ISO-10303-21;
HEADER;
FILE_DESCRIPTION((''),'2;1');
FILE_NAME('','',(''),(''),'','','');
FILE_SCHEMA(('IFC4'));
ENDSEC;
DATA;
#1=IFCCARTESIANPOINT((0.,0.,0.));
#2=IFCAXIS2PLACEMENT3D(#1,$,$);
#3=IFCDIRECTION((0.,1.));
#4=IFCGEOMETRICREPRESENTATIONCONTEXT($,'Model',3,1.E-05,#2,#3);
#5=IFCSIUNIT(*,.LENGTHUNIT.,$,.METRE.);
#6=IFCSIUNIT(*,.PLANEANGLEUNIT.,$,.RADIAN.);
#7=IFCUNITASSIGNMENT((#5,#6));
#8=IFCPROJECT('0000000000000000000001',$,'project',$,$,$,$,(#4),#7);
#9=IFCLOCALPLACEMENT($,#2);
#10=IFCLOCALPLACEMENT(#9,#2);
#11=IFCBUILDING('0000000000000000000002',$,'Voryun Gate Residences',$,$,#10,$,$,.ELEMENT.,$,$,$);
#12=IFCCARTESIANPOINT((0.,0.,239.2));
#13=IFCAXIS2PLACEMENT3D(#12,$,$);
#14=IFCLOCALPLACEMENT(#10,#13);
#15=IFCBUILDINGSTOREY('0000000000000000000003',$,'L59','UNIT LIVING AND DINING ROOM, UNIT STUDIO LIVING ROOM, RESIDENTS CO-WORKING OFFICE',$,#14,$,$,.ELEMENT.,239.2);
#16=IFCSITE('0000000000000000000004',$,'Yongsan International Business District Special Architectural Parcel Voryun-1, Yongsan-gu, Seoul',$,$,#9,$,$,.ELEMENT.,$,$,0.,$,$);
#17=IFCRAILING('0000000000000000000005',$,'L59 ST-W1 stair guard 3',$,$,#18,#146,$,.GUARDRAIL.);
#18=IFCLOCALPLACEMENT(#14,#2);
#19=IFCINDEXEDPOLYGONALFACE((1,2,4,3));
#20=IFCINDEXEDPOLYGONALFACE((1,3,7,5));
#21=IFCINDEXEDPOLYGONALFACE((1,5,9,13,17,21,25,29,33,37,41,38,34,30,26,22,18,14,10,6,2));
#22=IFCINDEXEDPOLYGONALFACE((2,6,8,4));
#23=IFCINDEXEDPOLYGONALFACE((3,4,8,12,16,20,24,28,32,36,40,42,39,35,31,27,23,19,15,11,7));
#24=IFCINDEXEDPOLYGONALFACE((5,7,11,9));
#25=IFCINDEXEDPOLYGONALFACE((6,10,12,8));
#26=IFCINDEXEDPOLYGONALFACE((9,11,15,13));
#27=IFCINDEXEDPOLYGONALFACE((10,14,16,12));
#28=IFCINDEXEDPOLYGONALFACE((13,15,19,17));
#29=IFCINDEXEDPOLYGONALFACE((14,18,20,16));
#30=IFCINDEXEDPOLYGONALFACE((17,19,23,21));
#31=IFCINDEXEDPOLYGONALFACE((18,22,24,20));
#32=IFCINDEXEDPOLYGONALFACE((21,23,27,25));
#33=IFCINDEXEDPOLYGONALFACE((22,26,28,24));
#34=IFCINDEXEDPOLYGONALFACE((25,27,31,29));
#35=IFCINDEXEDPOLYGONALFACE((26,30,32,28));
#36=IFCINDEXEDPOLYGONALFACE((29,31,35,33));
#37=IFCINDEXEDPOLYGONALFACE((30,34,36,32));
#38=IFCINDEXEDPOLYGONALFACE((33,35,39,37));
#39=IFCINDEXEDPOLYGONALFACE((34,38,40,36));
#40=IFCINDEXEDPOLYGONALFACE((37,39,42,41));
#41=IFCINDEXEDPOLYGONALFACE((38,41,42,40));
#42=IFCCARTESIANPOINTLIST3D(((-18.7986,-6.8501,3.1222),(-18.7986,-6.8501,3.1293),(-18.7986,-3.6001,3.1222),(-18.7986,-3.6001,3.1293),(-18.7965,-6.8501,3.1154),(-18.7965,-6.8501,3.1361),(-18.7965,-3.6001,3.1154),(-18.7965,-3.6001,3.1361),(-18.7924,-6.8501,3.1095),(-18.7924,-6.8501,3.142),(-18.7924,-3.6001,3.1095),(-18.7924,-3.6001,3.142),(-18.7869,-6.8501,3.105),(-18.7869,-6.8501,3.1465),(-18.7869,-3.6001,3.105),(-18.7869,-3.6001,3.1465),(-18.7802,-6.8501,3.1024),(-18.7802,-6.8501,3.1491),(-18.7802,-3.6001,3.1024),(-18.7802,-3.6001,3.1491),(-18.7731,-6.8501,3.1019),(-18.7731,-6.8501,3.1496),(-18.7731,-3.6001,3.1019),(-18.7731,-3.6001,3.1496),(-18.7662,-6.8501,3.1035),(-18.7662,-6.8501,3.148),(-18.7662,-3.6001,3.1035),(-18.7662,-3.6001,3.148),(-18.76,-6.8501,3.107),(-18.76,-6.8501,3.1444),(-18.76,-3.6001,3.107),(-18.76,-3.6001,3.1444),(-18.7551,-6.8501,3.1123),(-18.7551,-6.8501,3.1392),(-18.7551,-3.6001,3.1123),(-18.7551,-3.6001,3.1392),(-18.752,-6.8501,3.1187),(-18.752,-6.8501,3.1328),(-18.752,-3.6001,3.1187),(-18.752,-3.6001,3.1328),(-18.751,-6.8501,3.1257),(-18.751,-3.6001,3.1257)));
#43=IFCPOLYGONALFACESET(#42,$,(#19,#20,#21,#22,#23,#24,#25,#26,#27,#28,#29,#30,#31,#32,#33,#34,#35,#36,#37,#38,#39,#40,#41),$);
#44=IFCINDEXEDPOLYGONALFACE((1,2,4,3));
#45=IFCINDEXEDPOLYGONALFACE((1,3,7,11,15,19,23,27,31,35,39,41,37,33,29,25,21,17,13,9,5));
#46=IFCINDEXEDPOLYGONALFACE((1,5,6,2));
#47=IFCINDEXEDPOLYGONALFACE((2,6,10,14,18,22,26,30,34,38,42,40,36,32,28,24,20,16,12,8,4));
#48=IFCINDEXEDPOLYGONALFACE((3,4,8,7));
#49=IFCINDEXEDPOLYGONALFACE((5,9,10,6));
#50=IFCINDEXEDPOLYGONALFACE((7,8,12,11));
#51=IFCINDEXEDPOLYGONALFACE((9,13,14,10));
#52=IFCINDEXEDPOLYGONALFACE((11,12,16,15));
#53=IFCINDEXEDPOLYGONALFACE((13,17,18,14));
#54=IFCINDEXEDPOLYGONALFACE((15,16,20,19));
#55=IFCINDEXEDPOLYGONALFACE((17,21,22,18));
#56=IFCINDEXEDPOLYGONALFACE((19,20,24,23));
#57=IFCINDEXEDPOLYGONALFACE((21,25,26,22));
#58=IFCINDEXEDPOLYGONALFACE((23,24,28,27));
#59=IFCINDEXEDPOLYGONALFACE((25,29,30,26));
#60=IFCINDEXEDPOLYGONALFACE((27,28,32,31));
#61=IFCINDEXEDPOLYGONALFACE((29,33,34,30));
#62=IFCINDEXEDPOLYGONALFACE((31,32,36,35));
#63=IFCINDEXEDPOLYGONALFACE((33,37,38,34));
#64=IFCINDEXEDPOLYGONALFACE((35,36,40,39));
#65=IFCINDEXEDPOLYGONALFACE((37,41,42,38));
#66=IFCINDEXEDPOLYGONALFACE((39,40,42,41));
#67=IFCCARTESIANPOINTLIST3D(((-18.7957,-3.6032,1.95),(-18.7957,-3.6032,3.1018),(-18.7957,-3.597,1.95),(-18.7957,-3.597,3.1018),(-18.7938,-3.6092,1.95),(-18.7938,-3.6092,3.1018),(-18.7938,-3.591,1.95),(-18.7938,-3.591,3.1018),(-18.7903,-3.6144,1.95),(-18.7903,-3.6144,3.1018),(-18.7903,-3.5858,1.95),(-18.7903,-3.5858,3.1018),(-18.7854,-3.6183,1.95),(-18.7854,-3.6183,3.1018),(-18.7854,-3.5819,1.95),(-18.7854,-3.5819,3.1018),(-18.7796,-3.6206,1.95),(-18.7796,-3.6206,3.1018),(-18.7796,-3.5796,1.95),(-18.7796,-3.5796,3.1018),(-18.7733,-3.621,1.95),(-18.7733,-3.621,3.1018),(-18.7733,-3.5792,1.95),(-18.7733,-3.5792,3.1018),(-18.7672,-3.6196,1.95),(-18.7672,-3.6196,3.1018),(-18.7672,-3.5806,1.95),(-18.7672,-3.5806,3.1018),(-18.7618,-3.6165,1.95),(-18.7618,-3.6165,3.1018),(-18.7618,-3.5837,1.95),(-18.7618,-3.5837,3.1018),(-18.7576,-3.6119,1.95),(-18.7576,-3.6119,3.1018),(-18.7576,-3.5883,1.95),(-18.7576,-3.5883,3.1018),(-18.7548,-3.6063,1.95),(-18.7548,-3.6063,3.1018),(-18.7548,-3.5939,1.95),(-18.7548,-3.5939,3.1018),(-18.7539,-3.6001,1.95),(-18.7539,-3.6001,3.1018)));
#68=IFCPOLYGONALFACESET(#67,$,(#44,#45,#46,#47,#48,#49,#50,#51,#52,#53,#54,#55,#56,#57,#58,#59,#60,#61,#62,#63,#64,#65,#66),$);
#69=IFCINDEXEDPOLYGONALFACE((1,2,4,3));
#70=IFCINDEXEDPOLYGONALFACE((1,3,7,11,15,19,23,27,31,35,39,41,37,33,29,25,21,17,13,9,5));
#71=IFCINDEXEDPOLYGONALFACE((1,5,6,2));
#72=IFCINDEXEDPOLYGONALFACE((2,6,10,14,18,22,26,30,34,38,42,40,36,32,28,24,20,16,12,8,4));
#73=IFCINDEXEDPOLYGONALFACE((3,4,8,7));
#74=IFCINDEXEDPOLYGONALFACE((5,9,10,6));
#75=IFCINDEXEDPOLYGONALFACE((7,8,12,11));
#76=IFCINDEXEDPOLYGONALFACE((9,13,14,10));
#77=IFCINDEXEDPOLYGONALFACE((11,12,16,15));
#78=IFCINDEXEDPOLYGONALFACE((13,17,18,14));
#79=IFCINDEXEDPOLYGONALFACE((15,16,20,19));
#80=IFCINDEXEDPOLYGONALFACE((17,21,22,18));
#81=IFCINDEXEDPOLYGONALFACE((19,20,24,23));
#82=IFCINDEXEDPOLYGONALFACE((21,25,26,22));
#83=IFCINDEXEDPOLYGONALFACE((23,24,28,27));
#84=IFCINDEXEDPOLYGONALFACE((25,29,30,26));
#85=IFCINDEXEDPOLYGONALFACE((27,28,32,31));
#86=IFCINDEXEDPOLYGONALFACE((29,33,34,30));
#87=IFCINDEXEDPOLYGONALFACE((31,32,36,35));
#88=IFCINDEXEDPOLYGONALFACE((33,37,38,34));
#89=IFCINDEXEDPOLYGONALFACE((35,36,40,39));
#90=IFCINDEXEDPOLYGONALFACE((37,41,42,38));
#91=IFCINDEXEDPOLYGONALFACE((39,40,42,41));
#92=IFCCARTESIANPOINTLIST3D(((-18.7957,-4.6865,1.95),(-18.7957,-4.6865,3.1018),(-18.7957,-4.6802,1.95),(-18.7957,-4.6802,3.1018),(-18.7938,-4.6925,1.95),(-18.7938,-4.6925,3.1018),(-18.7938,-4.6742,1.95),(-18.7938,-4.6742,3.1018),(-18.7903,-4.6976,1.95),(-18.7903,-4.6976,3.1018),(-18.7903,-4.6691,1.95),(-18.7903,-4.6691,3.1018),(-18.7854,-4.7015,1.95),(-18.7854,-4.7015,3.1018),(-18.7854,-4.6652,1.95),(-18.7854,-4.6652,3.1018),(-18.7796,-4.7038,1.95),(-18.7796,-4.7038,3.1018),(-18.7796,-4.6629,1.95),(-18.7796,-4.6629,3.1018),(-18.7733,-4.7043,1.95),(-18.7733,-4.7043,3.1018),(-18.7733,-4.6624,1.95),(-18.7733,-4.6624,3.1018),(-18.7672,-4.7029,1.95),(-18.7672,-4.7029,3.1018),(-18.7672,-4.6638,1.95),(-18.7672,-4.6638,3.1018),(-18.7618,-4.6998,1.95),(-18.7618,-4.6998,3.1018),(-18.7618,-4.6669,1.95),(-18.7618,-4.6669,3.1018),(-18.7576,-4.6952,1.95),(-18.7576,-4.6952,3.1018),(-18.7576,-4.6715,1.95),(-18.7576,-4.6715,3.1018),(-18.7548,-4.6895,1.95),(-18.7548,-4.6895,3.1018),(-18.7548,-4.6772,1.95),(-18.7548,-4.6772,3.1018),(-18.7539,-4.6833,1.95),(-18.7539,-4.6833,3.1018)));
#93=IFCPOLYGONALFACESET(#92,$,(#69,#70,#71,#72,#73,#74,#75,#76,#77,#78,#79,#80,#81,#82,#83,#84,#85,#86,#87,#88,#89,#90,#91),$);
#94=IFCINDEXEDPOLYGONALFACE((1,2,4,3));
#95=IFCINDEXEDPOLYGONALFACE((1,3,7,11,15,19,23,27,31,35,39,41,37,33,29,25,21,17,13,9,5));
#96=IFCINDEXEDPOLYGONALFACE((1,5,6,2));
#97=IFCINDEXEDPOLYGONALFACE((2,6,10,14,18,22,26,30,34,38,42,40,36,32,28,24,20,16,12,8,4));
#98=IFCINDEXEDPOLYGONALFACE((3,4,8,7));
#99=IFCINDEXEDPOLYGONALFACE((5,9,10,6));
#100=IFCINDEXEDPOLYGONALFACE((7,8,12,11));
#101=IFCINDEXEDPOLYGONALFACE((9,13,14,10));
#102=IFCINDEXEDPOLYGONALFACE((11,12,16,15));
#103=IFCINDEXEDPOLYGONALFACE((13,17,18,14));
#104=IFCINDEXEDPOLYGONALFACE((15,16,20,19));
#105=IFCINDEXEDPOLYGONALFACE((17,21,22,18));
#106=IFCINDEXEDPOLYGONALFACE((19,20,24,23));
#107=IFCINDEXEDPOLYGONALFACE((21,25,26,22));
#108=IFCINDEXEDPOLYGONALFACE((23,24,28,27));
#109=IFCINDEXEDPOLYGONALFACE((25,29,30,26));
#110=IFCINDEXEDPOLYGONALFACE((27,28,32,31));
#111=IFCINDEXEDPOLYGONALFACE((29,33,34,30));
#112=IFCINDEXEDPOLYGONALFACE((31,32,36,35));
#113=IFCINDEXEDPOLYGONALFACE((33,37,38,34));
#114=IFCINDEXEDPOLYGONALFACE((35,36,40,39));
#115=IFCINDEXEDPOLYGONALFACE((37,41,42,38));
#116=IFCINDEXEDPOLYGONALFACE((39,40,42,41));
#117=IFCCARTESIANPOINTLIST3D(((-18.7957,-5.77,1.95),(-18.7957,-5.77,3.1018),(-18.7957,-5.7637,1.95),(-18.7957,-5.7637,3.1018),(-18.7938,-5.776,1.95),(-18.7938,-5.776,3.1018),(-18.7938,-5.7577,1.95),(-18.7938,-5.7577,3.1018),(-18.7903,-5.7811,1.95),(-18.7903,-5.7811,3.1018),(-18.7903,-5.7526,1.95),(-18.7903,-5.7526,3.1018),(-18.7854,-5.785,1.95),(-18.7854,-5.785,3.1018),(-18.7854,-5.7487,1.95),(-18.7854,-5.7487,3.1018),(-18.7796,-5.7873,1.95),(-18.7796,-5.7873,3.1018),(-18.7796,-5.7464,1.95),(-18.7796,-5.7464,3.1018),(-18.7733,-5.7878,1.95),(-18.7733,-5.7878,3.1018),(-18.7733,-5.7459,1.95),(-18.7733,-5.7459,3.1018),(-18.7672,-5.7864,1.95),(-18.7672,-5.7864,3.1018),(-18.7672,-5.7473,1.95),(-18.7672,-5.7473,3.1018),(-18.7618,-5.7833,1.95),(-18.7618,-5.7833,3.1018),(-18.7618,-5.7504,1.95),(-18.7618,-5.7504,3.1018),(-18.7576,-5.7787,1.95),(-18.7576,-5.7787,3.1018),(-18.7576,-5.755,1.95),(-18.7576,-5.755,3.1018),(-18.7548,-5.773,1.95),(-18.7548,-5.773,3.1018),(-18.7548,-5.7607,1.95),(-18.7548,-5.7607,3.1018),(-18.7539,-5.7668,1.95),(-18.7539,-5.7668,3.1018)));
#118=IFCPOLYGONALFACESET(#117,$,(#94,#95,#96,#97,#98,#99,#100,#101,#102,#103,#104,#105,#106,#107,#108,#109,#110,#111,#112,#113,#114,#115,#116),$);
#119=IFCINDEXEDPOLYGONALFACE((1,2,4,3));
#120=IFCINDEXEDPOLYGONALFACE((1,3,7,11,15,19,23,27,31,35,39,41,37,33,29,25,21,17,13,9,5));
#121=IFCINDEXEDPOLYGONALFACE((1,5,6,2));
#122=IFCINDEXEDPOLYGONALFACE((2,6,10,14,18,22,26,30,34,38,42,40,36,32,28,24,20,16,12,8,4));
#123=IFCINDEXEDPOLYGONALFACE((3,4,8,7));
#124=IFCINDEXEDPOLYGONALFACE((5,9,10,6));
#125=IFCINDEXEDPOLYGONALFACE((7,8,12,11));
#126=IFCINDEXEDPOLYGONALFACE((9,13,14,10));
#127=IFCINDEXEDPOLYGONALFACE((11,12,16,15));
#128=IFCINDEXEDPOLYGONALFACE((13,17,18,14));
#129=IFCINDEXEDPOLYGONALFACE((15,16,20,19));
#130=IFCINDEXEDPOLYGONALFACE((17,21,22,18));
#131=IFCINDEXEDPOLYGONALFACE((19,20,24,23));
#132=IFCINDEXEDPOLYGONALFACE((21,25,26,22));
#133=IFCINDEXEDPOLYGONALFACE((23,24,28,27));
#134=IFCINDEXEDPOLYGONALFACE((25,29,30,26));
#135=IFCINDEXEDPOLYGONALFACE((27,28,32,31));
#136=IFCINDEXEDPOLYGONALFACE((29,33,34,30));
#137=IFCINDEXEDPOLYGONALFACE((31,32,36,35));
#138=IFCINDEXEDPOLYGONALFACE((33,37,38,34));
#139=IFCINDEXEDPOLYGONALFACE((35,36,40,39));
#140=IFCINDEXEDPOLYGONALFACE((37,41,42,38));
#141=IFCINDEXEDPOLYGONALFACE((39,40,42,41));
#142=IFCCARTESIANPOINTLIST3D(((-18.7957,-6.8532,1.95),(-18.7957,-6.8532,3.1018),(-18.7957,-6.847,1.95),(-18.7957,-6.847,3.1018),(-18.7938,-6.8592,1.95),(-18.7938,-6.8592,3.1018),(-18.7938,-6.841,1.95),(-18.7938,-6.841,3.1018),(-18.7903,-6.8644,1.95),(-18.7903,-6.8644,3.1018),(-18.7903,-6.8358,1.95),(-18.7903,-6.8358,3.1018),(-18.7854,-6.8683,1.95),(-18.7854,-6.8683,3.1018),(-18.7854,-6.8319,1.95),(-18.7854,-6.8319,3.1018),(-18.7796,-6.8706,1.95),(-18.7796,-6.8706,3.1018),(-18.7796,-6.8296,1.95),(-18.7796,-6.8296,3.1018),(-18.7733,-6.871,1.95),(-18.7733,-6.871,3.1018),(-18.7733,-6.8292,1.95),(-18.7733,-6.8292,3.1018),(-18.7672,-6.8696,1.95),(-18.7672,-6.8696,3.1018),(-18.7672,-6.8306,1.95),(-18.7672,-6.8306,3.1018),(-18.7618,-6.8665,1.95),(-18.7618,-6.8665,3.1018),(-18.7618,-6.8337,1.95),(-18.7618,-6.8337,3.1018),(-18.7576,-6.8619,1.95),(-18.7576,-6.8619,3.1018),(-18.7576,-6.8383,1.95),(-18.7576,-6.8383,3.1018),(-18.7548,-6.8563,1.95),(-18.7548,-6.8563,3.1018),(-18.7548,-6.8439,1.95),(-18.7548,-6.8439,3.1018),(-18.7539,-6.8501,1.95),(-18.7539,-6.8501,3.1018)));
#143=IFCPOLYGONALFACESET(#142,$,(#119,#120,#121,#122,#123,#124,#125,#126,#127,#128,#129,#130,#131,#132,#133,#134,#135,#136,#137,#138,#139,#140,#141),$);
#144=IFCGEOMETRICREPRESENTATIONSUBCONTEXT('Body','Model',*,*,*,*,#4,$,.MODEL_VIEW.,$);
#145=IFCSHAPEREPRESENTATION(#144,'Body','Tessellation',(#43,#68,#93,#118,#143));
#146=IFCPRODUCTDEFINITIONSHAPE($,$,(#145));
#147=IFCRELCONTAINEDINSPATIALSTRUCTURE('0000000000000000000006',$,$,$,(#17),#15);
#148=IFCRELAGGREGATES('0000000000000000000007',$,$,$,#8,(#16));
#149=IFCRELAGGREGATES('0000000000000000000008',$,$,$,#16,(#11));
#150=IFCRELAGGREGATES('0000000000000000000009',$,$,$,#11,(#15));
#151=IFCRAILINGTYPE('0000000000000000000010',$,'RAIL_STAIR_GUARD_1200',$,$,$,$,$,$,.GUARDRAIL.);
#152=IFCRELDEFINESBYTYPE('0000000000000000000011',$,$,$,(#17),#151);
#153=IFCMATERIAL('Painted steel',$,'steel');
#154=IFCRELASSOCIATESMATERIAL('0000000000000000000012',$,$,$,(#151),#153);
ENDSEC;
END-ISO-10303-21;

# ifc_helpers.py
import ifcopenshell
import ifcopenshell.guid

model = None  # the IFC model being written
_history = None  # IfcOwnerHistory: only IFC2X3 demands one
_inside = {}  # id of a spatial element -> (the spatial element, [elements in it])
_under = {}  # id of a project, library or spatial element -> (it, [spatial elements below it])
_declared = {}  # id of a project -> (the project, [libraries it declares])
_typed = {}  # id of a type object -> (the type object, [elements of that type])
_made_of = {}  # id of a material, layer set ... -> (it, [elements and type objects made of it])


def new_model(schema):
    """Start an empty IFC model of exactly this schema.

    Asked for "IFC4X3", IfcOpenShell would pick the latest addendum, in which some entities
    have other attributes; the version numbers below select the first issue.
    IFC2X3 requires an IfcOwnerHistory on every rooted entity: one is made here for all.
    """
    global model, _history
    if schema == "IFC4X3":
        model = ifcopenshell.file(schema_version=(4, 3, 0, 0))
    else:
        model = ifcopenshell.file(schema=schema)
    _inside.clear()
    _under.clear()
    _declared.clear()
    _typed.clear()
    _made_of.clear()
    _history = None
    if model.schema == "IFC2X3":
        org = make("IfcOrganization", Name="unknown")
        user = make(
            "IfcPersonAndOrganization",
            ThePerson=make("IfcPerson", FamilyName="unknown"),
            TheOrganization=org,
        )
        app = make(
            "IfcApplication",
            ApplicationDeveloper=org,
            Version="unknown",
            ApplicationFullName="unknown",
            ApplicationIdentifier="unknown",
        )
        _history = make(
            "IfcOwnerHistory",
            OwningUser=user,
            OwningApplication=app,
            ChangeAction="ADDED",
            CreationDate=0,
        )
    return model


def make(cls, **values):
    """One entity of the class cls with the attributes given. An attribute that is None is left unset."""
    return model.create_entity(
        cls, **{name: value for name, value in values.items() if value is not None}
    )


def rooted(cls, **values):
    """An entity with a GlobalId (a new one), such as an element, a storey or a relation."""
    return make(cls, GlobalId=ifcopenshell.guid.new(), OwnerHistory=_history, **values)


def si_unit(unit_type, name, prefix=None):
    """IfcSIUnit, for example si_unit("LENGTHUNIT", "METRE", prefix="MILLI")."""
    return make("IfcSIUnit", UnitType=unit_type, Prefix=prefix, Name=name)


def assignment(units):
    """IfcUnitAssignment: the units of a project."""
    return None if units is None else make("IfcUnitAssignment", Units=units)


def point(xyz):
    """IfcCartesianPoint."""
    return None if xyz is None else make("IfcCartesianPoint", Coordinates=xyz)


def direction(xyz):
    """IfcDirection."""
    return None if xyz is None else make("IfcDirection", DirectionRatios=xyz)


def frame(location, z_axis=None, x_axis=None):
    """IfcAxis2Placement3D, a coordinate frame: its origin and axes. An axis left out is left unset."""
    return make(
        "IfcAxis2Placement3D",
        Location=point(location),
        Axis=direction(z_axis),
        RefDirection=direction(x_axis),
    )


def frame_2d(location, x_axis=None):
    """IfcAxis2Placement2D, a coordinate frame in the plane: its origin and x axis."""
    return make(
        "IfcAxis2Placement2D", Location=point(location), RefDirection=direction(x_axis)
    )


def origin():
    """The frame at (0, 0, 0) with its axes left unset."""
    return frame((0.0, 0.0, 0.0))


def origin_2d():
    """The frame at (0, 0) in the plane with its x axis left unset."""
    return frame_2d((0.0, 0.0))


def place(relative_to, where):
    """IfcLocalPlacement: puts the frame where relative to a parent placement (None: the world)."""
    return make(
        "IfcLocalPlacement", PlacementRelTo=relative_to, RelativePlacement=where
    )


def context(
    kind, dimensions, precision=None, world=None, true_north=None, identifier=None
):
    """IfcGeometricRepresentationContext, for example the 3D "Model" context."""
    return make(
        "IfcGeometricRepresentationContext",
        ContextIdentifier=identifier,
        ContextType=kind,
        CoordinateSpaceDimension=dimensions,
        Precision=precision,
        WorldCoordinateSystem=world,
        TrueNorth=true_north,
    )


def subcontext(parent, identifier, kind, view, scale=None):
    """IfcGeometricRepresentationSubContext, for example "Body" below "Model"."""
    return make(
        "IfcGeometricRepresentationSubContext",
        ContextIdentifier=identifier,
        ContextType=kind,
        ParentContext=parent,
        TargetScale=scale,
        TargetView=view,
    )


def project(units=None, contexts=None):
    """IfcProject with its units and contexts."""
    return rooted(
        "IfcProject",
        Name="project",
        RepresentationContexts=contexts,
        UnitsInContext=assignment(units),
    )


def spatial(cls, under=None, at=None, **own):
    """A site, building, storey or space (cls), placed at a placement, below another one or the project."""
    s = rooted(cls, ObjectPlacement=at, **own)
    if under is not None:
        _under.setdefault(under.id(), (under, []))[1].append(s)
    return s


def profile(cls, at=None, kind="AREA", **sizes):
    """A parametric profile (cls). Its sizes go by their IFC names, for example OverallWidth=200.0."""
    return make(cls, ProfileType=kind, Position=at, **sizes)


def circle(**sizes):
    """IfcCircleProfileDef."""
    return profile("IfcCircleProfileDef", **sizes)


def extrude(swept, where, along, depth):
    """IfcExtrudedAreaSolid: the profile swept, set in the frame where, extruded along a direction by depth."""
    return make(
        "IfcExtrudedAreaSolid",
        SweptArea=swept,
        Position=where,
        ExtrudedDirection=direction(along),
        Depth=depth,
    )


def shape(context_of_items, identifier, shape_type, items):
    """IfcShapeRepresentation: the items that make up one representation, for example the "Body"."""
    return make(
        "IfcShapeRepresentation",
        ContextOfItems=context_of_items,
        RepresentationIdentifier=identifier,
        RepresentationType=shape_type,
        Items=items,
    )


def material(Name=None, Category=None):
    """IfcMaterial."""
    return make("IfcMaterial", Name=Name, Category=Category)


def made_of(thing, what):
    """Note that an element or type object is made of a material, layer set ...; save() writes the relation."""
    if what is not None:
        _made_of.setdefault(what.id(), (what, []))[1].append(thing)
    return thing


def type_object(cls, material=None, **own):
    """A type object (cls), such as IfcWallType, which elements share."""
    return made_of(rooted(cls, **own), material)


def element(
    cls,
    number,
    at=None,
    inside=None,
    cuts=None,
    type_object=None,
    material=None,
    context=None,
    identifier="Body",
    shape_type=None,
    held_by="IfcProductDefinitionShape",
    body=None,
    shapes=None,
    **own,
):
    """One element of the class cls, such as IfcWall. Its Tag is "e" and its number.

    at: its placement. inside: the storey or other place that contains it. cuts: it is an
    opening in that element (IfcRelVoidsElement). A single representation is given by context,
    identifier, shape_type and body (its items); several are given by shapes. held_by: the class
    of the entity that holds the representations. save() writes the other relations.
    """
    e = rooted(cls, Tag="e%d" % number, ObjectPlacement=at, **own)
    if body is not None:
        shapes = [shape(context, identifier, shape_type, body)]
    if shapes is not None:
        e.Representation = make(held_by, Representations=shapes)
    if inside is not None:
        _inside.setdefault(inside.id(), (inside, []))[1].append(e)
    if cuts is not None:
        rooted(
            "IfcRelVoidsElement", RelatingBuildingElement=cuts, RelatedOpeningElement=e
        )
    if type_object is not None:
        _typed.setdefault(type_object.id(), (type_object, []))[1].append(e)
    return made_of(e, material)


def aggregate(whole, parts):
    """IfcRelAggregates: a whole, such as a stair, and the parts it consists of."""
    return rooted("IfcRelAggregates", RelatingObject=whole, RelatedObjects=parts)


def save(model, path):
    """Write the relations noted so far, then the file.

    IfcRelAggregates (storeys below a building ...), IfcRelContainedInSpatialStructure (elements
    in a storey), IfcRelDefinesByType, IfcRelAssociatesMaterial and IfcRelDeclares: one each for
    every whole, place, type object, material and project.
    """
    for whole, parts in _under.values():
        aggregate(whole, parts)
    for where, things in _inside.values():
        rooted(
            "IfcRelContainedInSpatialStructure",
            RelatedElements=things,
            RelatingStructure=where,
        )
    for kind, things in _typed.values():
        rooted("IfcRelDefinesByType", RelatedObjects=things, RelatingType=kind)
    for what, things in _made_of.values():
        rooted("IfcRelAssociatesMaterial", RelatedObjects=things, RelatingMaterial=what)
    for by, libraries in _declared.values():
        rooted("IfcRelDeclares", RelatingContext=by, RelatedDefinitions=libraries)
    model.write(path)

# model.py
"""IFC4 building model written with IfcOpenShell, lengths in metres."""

from ifc_helpers import new_model, si_unit, direction, frame, origin, origin_2d, place, context, subcontext, project, spatial, circle, extrude, material, type_object, element, save


model = new_model("IFC4")

# Units and contexts
model_context = context("Model", 3, precision=1e-05, world=origin(), true_north=direction((0.0, 1.0)))
body_context = subcontext(model_context, "Body", "Model", "MODEL_VIEW")
ifc_project = project(units=[si_unit("LENGTHUNIT", "METRE"), si_unit("PLANEANGLEUNIT", "RADIAN")], contexts=[model_context])

# Site, building, storey
site_placement = place(None, origin())
site = spatial("IfcSite", under=ifc_project, at=site_placement, Name="Yongsan International Business District Special Architectural Parcel Voryun-1, Yongsan-gu, Seoul", CompositionType="ELEMENT", RefElevation=0.0)
building_placement = place(site_placement, origin())
building = spatial("IfcBuilding", under=site, at=building_placement, Name="Voryun Gate Residences", CompositionType="ELEMENT")
storey_placement = place(building_placement, frame((0.0, 0.0, 239.2)))
storey = spatial("IfcBuildingStorey", under=building, at=storey_placement, Name="L59", Description="UNIT LIVING AND DINING ROOM, UNIT STUDIO LIVING ROOM, RESIDENTS CO-WORKING OFFICE", CompositionType="ELEMENT", Elevation=239.2)

# Railing
ifc_material_1 = material(Name="Painted steel", Category="steel")
railing_type_1 = type_object("IfcRailingType", Name="RAIL_STAIR_GUARD_1200", PredefinedType="GUARDRAIL", material=ifc_material_1)
railing_1_placement = place(storey_placement, frame((-18.7749, -3.6001, 1.95)))
element("IfcRailing", 1, at=railing_1_placement, inside=storey, type_object=railing_type_1, Name="L59 ST-W1 stair guard 3", PredefinedType="GUARDRAIL", context=body_context, shape_type="SweptSolid", body=[
    extrude(circle(Radius=0.0239, at=origin_2d()), frame((0.0, 0.0, 1.1758), z_axis=(0.0, -1.0, 0.0), x_axis=(1.0, 0.0, 0.0)), (0.0, 0.0, 1.0), 3.25),
    extrude(circle(Radius=0.021, at=origin_2d()), origin(), (0.0, 0.0, 1.0), 1.1519),
    extrude(circle(Radius=0.021, at=origin_2d()), frame((0.0, -1.0833, 0.0)), (0.0, 0.0, 1.0), 1.1519),
    extrude(circle(Radius=0.021, at=origin_2d()), frame((0.0, -2.1667, 0.0)), (0.0, 0.0, 1.0), 1.1519),
    extrude(circle(Radius=0.021, at=origin_2d()), frame((0.0, -3.25, 0.0)), (0.0, 0.0, 1.0), 1.1519),
])

save(model, "model.ifc")
